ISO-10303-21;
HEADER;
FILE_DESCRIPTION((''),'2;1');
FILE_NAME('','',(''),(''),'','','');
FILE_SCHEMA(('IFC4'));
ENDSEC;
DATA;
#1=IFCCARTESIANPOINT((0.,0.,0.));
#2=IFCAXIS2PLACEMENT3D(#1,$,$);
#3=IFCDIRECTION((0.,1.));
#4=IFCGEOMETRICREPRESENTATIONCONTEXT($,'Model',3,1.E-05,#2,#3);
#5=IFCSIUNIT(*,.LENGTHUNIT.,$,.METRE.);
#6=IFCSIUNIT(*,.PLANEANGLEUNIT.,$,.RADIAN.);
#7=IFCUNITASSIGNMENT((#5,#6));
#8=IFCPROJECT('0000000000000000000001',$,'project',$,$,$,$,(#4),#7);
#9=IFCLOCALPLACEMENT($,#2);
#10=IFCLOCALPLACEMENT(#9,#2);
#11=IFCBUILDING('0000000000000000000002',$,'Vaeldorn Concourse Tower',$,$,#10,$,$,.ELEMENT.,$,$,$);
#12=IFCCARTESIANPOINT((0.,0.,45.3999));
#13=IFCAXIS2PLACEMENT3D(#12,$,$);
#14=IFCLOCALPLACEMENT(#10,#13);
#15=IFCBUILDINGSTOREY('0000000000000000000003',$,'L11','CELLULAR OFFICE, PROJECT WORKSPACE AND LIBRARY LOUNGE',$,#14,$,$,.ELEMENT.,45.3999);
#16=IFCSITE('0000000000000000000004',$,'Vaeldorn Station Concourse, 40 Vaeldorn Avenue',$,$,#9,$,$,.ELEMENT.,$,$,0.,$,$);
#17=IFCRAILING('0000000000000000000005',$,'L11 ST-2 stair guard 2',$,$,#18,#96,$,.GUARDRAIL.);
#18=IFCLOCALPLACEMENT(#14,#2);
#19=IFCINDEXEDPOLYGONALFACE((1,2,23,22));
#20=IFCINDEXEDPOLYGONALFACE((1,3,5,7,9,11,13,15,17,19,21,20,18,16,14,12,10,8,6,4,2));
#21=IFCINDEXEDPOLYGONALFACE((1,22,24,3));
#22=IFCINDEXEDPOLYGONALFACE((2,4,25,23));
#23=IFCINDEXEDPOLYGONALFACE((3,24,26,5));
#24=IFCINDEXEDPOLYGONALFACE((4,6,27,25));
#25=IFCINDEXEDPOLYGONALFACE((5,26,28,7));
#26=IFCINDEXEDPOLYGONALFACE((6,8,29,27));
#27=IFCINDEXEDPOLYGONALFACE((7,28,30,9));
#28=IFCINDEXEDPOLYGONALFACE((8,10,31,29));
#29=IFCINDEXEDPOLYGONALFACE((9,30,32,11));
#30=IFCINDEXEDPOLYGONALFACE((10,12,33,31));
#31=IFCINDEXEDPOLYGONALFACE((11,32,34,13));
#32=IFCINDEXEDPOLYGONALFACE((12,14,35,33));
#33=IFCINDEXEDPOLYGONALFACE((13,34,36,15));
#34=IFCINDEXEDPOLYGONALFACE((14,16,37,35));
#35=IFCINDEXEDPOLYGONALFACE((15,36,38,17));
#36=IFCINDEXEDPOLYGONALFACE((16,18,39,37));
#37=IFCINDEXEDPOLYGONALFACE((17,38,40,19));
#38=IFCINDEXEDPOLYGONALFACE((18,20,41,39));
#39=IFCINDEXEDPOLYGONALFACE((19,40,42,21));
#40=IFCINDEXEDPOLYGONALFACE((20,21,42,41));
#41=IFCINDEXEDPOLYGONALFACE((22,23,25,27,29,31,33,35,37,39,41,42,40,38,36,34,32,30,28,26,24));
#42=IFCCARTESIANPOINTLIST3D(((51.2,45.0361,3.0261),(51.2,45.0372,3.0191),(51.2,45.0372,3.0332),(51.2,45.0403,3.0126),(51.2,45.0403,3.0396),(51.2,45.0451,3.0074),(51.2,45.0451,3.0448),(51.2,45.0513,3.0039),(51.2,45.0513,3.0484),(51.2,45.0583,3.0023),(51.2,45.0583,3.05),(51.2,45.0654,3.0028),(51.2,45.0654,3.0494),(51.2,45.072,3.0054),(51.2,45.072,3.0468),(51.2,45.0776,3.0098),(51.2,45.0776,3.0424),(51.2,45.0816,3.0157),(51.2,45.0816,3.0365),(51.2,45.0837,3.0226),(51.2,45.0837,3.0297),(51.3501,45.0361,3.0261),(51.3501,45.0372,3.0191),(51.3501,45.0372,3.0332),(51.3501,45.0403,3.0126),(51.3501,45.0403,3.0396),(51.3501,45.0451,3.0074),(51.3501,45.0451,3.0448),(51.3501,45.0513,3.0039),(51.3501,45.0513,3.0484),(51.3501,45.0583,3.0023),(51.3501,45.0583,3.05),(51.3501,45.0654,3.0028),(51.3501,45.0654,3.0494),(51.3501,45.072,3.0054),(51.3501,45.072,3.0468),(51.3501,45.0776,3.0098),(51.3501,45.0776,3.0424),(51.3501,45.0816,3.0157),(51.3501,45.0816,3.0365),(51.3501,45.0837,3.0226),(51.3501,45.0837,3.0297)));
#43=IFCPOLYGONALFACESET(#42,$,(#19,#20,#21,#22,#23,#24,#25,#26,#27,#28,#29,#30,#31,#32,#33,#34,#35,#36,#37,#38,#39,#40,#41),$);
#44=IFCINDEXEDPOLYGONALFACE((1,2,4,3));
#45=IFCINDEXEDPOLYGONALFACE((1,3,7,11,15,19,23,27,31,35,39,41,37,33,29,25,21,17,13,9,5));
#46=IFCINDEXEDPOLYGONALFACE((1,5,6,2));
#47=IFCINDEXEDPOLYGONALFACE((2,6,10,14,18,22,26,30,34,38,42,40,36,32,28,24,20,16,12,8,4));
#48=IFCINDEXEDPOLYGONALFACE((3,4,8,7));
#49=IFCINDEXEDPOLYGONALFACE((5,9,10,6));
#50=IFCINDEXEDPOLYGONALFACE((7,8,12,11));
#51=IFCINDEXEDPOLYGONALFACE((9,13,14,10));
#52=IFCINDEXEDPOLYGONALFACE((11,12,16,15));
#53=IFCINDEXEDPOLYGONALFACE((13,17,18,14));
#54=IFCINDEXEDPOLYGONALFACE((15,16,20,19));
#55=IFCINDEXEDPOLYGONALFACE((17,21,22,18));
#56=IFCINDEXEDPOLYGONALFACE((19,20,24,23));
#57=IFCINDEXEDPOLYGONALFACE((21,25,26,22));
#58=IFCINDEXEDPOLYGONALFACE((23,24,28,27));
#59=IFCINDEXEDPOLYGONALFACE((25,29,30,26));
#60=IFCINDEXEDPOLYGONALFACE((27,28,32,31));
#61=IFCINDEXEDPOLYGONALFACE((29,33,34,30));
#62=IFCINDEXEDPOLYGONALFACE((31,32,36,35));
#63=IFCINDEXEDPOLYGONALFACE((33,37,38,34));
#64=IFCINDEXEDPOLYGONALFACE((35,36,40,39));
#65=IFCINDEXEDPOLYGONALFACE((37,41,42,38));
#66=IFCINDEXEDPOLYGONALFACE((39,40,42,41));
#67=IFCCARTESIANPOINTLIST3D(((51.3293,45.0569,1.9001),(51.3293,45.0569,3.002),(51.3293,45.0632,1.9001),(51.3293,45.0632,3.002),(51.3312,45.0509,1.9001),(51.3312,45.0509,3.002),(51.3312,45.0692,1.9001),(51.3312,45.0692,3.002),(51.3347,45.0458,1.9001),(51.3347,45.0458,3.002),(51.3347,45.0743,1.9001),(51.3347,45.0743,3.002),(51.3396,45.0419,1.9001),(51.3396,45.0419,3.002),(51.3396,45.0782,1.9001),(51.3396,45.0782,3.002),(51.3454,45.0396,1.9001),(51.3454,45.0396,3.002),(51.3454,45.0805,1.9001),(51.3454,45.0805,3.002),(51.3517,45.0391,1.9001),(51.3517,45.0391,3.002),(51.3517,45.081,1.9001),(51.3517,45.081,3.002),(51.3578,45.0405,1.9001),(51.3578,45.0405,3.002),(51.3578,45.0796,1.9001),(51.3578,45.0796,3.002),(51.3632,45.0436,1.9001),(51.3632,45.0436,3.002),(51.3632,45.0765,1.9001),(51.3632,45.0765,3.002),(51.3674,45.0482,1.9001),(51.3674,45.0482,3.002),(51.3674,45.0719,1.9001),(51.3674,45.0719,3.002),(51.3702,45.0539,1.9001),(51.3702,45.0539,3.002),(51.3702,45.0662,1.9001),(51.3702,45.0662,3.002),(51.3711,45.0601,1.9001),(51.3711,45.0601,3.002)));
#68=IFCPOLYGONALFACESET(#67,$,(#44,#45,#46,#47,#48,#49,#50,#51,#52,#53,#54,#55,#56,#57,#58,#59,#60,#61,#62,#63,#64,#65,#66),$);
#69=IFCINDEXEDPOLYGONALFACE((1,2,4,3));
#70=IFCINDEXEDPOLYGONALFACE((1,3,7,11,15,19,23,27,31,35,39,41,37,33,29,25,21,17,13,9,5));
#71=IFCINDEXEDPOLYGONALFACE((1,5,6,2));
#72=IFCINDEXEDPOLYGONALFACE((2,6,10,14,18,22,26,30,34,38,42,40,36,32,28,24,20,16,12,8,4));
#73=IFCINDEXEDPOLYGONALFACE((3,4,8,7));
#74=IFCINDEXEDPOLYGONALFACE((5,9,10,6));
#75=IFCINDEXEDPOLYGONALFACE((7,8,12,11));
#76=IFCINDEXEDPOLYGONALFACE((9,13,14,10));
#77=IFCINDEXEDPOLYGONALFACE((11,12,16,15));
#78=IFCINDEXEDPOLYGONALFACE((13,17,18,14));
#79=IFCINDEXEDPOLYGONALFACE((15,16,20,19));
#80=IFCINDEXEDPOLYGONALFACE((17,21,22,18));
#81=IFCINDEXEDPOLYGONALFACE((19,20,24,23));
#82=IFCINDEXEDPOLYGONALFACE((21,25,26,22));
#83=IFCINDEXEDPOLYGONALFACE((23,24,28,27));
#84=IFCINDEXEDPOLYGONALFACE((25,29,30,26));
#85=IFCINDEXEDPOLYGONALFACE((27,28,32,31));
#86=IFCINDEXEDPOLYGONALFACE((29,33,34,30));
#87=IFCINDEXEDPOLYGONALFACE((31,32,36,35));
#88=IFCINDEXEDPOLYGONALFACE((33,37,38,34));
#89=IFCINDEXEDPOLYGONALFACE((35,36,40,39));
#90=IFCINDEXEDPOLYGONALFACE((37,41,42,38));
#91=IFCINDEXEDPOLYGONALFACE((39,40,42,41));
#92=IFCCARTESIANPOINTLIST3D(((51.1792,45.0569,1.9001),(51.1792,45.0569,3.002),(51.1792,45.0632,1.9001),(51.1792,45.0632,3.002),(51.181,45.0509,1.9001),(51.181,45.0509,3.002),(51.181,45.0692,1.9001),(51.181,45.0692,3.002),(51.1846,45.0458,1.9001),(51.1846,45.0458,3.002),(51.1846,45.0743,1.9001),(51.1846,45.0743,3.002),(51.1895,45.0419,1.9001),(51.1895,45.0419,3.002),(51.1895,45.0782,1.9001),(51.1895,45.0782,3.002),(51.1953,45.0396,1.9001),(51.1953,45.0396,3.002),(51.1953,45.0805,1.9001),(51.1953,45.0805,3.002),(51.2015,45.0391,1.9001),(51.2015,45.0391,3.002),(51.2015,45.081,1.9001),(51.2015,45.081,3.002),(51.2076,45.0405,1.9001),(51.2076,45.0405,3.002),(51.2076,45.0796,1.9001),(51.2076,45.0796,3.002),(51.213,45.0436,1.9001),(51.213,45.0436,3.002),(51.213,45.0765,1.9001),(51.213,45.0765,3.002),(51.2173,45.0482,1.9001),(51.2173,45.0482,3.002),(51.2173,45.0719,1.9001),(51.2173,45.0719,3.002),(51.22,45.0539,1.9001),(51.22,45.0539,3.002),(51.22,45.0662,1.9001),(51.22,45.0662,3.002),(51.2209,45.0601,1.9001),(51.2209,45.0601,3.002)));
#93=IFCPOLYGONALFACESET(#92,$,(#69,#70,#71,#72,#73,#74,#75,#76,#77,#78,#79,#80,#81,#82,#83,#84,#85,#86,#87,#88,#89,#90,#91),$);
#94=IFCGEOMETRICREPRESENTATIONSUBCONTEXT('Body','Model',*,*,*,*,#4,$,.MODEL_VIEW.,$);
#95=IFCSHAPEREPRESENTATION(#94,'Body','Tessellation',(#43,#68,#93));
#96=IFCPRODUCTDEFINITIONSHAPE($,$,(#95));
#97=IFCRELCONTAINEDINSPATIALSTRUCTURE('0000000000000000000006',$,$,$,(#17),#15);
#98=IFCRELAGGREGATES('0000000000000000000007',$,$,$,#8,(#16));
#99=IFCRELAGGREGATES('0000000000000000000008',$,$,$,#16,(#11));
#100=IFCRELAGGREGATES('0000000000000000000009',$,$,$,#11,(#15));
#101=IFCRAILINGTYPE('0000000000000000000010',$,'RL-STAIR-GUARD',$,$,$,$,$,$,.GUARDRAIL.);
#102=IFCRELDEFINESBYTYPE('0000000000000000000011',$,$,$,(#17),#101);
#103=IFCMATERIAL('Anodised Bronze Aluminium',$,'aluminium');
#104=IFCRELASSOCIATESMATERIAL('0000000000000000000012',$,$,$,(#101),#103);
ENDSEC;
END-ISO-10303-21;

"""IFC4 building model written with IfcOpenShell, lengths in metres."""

from ifc_helpers import new_model, si_unit, direction, frame, origin, origin_2d, place, context, subcontext, project, spatial, circle, extrude, material, type_object, element, save


model = new_model("IFC4")

# Units and contexts
model_context = context("Model", 3, precision=1e-05, world=origin(), true_north=direction((0.0, 1.0)))
body_context = subcontext(model_context, "Body", "Model", "MODEL_VIEW")
ifc_project = project(units=[si_unit("LENGTHUNIT", "METRE"), si_unit("PLANEANGLEUNIT", "RADIAN")], contexts=[model_context])

# Site, building, storey
site_placement = place(None, origin())
site = spatial("IfcSite", under=ifc_project, at=site_placement, Name="Vaeldorn Station Concourse, 40 Vaeldorn Avenue", CompositionType="ELEMENT", RefElevation=0.0)
building_placement = place(site_placement, origin())
building = spatial("IfcBuilding", under=site, at=building_placement, Name="Vaeldorn Concourse Tower", CompositionType="ELEMENT")
storey_placement = place(building_placement, frame((0.0, 0.0, 45.3999)))
storey = spatial("IfcBuildingStorey", under=building, at=storey_placement, Name="L11", Description="CELLULAR OFFICE, PROJECT WORKSPACE AND LIBRARY LOUNGE", CompositionType="ELEMENT", Elevation=45.3999)

# Shared definitions
ifc_material_1 = material(Name="Anodised Bronze Aluminium", Category="aluminium")

# Railing
railing_type_1 = type_object("IfcRailingType", Name="RL-STAIR-GUARD", PredefinedType="GUARDRAIL", material=ifc_material_1)
railing_1_placement = place(storey_placement, frame((51.3501, 45.0601, 1.9001)))
element("IfcRailing", 1, at=railing_1_placement, inside=storey, type_object=railing_type_1, Name="L11 ST-2 stair guard 2", PredefinedType="GUARDRAIL", context=body_context, shape_type="SweptSolid", body=[
    extrude(circle(Radius=0.0239, at=origin_2d()), frame((0.0, 0.0, 1.126), z_axis=(-1.0, 0.0, 0.0), x_axis=(0.0, -1.0, 0.0)), (0.0, 0.0, 1.0), 0.1501),
    extrude(circle(Radius=0.021, at=origin_2d()), origin(), (0.0, 0.0, 1.0), 1.1018),
    extrude(circle(Radius=0.021, at=origin_2d()), frame((-0.1501, 0.0, 0.0)), (0.0, 0.0, 1.0), 1.1018),
])

save(model, "model.ifc")
